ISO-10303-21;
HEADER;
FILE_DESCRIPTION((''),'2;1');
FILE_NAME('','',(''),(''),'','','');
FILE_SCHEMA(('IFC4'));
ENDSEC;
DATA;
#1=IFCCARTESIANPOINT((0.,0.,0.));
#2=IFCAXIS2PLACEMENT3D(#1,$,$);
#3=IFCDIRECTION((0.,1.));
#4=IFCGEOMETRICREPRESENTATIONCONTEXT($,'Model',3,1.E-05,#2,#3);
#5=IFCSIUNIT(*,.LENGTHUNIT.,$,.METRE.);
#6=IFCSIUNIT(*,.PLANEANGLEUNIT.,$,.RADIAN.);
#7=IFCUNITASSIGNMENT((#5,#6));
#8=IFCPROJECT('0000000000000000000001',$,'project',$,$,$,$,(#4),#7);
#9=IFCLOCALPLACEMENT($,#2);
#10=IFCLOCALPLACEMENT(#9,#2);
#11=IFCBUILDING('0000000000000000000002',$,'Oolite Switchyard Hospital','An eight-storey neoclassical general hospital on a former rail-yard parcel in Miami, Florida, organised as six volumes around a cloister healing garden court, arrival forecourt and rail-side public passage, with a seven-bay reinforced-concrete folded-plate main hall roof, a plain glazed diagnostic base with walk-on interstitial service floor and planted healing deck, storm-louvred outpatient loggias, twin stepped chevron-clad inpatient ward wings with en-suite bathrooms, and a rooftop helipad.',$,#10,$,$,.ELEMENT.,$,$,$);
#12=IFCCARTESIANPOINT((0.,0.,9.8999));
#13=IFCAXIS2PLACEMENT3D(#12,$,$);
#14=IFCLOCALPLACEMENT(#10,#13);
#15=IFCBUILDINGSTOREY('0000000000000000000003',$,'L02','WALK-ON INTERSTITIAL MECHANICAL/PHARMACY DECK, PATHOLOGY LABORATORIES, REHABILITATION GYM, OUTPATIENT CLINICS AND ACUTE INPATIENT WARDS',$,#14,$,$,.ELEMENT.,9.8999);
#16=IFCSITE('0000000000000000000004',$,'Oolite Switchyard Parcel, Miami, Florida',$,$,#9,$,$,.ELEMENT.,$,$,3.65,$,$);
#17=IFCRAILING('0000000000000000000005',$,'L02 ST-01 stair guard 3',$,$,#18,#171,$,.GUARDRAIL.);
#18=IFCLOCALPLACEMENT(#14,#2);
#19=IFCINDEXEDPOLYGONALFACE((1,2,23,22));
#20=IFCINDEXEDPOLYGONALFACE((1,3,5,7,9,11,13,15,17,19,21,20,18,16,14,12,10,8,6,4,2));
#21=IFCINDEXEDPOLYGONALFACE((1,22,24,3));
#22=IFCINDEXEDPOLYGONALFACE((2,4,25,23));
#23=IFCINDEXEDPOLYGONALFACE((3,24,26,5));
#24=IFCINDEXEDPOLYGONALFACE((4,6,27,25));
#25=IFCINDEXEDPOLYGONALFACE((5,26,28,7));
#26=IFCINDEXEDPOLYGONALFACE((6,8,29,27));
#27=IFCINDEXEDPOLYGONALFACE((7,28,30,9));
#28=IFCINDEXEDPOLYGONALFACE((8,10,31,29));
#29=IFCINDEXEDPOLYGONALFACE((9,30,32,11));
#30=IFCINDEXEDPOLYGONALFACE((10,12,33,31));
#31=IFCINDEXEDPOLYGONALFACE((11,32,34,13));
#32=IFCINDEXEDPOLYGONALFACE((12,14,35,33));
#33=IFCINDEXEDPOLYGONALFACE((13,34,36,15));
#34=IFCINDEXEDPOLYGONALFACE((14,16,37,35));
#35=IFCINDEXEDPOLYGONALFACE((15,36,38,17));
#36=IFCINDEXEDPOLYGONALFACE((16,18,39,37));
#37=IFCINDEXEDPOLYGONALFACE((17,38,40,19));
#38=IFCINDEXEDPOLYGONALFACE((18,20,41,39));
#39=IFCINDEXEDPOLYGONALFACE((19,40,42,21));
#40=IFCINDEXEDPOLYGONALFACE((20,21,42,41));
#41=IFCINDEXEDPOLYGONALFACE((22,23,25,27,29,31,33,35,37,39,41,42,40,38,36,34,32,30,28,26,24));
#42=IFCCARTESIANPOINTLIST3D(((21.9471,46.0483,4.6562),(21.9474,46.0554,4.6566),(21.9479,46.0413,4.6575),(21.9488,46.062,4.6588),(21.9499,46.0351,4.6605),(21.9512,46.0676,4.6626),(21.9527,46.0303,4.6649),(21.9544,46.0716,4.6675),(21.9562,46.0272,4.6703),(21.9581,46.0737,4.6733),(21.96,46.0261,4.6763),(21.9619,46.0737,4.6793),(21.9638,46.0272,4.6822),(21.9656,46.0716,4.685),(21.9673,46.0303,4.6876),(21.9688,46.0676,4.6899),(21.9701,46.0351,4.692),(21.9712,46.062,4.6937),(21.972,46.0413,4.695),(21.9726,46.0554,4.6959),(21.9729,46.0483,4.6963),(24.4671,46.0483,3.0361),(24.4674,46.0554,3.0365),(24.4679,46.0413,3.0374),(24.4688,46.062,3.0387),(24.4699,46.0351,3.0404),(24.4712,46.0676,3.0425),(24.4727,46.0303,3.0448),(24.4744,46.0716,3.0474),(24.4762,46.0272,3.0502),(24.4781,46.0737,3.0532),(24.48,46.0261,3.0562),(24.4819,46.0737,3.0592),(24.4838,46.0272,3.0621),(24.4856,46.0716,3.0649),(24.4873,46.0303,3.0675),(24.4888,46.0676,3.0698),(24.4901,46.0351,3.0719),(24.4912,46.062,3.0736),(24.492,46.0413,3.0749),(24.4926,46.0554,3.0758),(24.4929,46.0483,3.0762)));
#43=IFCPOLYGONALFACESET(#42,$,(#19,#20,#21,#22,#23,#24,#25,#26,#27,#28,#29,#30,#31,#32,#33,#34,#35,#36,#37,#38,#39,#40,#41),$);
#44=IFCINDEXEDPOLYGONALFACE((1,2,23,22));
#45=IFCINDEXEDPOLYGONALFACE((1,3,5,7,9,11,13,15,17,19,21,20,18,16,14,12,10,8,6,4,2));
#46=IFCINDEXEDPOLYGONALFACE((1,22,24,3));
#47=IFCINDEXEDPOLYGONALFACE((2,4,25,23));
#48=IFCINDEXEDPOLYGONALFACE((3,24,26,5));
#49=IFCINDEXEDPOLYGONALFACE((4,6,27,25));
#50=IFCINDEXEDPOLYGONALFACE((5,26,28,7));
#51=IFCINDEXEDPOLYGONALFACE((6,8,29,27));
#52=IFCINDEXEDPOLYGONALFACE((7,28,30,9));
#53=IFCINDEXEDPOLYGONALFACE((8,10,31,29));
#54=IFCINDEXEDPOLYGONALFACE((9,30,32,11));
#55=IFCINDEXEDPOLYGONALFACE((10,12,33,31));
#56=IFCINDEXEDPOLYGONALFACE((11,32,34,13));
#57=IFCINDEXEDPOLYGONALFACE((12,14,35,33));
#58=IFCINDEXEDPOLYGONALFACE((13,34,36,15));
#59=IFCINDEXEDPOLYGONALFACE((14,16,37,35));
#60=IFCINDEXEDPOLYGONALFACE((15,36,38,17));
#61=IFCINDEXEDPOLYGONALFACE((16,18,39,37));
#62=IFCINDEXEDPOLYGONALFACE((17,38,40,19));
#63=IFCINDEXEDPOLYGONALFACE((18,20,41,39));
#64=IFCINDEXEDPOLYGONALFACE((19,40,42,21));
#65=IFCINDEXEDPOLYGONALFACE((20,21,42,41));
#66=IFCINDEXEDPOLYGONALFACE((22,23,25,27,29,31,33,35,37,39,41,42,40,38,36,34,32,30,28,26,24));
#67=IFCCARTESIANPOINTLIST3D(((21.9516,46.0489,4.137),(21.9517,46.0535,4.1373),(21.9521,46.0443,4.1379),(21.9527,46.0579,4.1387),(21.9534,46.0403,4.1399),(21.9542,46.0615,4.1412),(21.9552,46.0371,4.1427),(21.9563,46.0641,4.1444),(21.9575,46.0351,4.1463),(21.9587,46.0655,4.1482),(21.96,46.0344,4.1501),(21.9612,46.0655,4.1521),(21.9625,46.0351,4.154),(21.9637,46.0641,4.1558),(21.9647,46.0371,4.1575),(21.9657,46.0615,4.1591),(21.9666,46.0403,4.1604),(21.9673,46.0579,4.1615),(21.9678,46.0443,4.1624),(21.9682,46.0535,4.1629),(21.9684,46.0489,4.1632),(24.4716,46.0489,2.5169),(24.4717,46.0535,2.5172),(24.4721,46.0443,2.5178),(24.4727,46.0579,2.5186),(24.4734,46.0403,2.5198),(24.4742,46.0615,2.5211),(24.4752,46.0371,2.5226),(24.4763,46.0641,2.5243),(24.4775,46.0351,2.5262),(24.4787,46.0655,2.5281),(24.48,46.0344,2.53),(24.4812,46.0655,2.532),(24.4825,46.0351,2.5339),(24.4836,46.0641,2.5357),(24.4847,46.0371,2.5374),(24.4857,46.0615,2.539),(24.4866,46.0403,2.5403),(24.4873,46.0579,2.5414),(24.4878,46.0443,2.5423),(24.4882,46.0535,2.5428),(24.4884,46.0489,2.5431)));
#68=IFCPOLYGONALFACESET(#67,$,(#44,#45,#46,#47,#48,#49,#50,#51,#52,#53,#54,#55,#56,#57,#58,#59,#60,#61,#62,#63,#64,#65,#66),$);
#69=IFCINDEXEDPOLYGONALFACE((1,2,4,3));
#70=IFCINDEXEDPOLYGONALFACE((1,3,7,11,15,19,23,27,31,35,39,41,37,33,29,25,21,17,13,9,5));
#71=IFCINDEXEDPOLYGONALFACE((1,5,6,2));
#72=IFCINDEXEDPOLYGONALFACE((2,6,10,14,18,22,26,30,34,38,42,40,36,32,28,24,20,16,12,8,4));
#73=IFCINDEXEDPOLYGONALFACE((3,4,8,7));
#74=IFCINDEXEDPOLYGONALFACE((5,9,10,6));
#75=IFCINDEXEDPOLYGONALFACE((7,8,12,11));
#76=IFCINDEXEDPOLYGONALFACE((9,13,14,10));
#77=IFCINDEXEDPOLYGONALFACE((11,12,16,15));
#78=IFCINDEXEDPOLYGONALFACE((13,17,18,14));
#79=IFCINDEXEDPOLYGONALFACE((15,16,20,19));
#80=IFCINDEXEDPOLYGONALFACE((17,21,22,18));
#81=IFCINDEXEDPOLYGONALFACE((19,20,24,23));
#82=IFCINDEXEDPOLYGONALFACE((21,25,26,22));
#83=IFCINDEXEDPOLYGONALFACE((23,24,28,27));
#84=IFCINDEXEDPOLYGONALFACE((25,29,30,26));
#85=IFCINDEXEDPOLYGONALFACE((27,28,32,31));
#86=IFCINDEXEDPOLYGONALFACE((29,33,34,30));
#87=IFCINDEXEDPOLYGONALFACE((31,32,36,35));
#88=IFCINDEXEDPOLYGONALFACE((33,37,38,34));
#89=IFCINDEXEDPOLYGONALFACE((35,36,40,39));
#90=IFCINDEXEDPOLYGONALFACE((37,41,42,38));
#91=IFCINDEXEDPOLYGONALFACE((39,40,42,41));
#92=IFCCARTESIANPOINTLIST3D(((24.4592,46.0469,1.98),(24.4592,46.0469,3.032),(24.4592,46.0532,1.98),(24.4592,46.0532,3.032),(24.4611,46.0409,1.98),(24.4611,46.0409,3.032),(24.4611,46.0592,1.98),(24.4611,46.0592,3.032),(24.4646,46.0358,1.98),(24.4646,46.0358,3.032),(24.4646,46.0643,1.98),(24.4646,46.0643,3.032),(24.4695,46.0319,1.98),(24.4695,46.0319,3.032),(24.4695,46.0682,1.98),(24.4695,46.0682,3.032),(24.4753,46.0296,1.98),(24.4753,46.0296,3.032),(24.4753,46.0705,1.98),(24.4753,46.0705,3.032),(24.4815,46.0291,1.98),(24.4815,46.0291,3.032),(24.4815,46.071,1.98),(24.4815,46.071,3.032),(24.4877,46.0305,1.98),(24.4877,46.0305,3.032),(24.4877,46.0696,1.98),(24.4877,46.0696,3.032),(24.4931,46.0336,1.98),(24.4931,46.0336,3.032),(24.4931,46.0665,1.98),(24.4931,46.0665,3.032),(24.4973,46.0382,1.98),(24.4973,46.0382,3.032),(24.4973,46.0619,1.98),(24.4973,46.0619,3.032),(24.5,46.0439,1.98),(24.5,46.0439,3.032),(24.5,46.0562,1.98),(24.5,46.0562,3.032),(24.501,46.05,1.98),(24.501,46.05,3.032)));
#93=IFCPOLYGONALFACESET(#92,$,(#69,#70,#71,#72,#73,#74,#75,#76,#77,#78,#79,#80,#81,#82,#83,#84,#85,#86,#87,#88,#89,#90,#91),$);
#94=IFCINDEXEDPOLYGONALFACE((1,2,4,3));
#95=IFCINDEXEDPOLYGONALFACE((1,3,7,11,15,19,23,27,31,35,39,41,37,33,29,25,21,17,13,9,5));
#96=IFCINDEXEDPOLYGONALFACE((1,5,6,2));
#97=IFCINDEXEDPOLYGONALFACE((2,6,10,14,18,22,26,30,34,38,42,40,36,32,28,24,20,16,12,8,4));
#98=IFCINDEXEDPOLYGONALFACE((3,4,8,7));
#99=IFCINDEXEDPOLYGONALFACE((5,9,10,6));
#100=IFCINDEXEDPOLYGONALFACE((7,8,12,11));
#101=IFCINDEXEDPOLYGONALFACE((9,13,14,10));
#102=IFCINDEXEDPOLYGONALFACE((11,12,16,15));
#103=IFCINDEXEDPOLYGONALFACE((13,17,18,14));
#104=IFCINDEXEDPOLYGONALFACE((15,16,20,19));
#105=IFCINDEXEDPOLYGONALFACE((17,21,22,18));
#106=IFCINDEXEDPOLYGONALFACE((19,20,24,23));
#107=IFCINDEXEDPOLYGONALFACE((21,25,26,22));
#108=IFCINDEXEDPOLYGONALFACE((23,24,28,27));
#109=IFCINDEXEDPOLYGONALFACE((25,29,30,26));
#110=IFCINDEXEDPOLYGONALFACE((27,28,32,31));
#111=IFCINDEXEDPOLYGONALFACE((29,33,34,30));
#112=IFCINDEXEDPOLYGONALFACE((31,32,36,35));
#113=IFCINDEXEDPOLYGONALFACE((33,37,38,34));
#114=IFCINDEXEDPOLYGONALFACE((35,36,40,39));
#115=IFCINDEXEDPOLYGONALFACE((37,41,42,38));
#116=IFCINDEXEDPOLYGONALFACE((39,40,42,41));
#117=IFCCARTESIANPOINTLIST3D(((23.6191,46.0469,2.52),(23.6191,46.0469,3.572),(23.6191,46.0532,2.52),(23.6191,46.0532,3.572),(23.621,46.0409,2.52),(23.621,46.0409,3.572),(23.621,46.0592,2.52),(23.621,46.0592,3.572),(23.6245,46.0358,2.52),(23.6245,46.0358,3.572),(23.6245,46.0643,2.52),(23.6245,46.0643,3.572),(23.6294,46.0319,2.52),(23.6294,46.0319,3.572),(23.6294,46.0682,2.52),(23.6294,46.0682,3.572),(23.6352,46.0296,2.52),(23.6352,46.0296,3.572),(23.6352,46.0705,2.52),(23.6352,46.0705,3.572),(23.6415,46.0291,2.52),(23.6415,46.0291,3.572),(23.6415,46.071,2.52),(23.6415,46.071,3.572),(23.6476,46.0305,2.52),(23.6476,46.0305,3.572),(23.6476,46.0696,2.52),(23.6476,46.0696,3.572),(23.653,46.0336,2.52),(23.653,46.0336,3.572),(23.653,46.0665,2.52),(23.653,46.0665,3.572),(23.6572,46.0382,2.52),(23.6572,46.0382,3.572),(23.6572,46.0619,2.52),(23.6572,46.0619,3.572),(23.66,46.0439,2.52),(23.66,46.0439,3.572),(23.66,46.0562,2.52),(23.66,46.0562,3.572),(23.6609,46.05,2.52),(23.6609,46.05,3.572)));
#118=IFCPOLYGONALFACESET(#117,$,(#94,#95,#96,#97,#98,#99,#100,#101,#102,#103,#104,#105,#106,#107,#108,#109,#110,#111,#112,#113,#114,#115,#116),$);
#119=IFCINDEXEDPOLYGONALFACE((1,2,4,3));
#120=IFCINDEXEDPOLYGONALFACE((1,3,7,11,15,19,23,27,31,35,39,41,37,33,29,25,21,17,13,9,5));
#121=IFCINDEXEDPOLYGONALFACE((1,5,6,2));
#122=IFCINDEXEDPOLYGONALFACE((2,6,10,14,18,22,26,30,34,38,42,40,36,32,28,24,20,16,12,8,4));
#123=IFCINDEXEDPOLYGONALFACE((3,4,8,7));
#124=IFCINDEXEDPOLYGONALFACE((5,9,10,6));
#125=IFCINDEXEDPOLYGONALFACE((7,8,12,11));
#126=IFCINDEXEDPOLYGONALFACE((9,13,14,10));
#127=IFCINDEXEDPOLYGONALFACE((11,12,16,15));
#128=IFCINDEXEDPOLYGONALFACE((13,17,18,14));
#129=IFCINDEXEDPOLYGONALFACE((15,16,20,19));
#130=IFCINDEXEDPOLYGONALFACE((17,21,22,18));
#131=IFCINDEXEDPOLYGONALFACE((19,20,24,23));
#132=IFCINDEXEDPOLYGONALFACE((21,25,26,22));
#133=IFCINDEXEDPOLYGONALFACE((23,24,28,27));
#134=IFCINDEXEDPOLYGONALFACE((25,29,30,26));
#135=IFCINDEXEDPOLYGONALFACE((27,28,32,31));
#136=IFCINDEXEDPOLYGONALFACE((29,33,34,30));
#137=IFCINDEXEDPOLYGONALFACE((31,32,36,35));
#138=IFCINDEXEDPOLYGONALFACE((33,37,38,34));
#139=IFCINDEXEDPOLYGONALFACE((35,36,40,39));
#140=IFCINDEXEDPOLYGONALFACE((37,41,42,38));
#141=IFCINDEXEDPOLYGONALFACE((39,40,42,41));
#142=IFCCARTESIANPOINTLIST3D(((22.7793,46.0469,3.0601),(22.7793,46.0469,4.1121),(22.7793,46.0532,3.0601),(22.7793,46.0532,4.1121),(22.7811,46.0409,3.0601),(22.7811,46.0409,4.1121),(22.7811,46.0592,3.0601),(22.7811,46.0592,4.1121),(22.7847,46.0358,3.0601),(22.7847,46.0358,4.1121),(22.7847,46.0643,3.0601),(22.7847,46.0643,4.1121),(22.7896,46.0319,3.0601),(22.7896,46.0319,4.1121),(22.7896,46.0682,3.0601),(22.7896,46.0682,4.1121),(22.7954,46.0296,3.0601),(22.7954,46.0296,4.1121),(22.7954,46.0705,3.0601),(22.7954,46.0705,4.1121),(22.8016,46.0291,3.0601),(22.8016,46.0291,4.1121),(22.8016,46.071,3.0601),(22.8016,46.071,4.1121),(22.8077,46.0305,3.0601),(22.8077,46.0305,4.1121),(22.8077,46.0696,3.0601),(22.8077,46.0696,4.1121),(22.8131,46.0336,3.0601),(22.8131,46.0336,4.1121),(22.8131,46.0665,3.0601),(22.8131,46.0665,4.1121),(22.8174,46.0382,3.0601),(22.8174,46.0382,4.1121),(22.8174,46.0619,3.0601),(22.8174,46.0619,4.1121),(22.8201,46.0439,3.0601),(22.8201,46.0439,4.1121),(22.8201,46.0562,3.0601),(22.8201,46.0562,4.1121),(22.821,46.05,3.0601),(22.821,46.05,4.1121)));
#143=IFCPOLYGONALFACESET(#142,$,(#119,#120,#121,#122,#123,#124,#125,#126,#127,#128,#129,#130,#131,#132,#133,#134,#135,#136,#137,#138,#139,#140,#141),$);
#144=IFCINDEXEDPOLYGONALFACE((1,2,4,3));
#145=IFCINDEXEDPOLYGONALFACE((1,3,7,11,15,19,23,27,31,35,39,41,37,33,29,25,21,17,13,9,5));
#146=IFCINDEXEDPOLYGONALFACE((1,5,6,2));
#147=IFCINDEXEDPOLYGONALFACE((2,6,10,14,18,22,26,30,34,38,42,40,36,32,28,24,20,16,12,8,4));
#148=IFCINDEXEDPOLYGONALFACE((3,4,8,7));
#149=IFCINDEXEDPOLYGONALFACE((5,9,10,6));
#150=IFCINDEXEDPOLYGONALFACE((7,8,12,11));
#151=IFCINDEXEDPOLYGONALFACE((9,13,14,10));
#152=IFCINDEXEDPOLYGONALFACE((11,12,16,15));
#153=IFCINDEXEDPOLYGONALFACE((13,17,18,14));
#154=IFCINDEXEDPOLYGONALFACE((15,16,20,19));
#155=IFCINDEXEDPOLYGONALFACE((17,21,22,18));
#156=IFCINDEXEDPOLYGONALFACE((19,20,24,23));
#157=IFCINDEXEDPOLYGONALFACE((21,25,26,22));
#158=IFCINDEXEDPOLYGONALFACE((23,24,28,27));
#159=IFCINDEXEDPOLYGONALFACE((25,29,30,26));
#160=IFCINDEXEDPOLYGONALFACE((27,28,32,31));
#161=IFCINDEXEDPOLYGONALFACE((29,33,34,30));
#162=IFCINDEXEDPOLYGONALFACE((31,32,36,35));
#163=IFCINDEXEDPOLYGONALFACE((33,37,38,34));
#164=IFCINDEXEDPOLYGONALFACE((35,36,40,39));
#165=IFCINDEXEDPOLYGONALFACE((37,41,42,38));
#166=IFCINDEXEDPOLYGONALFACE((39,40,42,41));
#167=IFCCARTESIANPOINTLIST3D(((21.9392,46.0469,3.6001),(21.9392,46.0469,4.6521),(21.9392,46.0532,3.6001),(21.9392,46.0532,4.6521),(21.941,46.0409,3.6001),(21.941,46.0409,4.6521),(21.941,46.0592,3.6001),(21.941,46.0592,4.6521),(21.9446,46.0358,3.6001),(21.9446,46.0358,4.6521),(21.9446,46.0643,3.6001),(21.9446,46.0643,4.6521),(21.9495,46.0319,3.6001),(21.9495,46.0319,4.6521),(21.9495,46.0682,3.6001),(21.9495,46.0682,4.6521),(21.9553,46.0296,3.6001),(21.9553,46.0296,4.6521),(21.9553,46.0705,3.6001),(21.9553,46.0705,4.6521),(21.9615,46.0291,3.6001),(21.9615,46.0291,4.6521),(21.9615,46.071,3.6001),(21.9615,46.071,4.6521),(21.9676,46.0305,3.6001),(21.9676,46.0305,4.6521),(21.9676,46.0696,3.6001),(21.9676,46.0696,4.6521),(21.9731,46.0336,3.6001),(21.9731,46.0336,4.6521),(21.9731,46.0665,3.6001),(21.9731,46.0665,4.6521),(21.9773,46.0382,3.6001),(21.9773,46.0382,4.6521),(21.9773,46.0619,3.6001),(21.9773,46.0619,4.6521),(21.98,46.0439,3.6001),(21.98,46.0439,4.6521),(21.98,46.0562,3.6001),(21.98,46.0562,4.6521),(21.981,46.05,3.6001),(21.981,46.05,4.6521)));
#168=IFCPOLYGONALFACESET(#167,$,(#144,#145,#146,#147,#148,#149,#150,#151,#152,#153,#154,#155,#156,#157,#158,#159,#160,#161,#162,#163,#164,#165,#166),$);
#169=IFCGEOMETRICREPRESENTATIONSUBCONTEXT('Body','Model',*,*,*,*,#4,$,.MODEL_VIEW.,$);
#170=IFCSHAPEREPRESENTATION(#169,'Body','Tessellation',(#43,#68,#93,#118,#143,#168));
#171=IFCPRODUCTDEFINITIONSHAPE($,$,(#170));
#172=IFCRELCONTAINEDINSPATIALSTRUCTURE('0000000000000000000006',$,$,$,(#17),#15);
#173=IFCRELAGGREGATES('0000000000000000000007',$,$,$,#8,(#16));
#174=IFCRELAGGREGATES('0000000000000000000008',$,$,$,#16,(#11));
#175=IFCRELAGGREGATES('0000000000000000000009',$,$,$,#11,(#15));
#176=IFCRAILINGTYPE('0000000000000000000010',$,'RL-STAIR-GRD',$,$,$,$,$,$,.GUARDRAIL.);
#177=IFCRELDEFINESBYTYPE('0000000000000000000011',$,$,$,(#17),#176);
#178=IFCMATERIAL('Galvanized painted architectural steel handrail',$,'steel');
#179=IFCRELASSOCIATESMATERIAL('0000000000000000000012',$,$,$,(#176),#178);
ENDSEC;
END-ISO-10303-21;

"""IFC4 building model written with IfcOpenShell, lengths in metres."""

from ifc_helpers import new_model, si_unit, direction, frame, origin, origin_2d, place, context, subcontext, project, spatial, circle, extrude, material, type_object, element, save


model = new_model("IFC4")

# Units and contexts
model_context = context("Model", 3, precision=1e-05, world=origin(), true_north=direction((0.0, 1.0)))
body_context = subcontext(model_context, "Body", "Model", "MODEL_VIEW")
ifc_project = project(units=[si_unit("LENGTHUNIT", "METRE"), si_unit("PLANEANGLEUNIT", "RADIAN")], contexts=[model_context])

# Site, building, storey
site_placement = place(None, origin())
site = spatial("IfcSite", under=ifc_project, at=site_placement, Name="Oolite Switchyard Parcel, Miami, Florida", CompositionType="ELEMENT", RefElevation=3.65)
building_placement = place(site_placement, origin())
building = spatial("IfcBuilding", under=site, at=building_placement, Name="Oolite Switchyard Hospital", Description="An eight-storey neoclassical general hospital on a former rail-yard parcel in Miami, Florida, organised as six volumes around a cloister healing garden court, arrival forecourt and rail-side public passage, with a seven-bay reinforced-concrete folded-plate main hall roof, a plain glazed diagnostic base with walk-on interstitial service floor and planted healing deck, storm-louvred outpatient loggias, twin stepped chevron-clad inpatient ward wings with en-suite bathrooms, and a rooftop helipad.", CompositionType="ELEMENT")
storey_placement = place(building_placement, frame((0.0, 0.0, 9.8999)))
storey = spatial("IfcBuildingStorey", under=building, at=storey_placement, Name="L02", Description="WALK-ON INTERSTITIAL MECHANICAL/PHARMACY DECK, PATHOLOGY LABORATORIES, REHABILITATION GYM, OUTPATIENT CLINICS AND ACUTE INPATIENT WARDS", CompositionType="ELEMENT", Elevation=9.8999)

# Railing
ifc_material_1 = material(Name="Galvanized painted architectural steel handrail", Category="steel")
railing_type_1 = type_object("IfcRailingType", Name="RL-STAIR-GRD", PredefinedType="GUARDRAIL", material=ifc_material_1)
railing_1_placement = place(storey_placement, frame((24.48, 46.05, 1.98)))
element("IfcRailing", 1, at=railing_1_placement, inside=storey, type_object=railing_type_1, Name="L02 ST-01 stair guard 3", PredefinedType="GUARDRAIL", context=body_context, shape_type="SweptSolid", body=[
    extrude(circle(Radius=0.0239, at=origin_2d()), frame((0.0, 0.0, 1.0762), z_axis=(-0.841163, 0.0, 0.540782), x_axis=(0.0, -1.0, 0.0)), (0.0, 0.0, 1.0), 2.9958),
    extrude(circle(Radius=0.0156, at=origin_2d()), frame((0.0, 0.0, 0.55), z_axis=(-0.841163, 0.0, 0.540782), x_axis=(0.0, -1.0, 0.0)), (0.0, 0.0, 1.0), 2.9958),
    extrude(circle(Radius=0.021, at=origin_2d()), origin(), (0.0, 0.0, 1.0), 1.052),
    extrude(circle(Radius=0.021, at=origin_2d()), frame((-0.8401, 0.0, 0.54)), (0.0, 0.0, 1.0), 1.052),
    extrude(circle(Radius=0.021, at=origin_2d()), frame((-1.6799, 0.0, 1.0801)), (0.0, 0.0, 1.0), 1.052),
    extrude(circle(Radius=0.021, at=origin_2d()), frame((-2.52, 0.0, 1.6201)), (0.0, 0.0, 1.0), 1.052),
])

save(model, "model.ifc")
